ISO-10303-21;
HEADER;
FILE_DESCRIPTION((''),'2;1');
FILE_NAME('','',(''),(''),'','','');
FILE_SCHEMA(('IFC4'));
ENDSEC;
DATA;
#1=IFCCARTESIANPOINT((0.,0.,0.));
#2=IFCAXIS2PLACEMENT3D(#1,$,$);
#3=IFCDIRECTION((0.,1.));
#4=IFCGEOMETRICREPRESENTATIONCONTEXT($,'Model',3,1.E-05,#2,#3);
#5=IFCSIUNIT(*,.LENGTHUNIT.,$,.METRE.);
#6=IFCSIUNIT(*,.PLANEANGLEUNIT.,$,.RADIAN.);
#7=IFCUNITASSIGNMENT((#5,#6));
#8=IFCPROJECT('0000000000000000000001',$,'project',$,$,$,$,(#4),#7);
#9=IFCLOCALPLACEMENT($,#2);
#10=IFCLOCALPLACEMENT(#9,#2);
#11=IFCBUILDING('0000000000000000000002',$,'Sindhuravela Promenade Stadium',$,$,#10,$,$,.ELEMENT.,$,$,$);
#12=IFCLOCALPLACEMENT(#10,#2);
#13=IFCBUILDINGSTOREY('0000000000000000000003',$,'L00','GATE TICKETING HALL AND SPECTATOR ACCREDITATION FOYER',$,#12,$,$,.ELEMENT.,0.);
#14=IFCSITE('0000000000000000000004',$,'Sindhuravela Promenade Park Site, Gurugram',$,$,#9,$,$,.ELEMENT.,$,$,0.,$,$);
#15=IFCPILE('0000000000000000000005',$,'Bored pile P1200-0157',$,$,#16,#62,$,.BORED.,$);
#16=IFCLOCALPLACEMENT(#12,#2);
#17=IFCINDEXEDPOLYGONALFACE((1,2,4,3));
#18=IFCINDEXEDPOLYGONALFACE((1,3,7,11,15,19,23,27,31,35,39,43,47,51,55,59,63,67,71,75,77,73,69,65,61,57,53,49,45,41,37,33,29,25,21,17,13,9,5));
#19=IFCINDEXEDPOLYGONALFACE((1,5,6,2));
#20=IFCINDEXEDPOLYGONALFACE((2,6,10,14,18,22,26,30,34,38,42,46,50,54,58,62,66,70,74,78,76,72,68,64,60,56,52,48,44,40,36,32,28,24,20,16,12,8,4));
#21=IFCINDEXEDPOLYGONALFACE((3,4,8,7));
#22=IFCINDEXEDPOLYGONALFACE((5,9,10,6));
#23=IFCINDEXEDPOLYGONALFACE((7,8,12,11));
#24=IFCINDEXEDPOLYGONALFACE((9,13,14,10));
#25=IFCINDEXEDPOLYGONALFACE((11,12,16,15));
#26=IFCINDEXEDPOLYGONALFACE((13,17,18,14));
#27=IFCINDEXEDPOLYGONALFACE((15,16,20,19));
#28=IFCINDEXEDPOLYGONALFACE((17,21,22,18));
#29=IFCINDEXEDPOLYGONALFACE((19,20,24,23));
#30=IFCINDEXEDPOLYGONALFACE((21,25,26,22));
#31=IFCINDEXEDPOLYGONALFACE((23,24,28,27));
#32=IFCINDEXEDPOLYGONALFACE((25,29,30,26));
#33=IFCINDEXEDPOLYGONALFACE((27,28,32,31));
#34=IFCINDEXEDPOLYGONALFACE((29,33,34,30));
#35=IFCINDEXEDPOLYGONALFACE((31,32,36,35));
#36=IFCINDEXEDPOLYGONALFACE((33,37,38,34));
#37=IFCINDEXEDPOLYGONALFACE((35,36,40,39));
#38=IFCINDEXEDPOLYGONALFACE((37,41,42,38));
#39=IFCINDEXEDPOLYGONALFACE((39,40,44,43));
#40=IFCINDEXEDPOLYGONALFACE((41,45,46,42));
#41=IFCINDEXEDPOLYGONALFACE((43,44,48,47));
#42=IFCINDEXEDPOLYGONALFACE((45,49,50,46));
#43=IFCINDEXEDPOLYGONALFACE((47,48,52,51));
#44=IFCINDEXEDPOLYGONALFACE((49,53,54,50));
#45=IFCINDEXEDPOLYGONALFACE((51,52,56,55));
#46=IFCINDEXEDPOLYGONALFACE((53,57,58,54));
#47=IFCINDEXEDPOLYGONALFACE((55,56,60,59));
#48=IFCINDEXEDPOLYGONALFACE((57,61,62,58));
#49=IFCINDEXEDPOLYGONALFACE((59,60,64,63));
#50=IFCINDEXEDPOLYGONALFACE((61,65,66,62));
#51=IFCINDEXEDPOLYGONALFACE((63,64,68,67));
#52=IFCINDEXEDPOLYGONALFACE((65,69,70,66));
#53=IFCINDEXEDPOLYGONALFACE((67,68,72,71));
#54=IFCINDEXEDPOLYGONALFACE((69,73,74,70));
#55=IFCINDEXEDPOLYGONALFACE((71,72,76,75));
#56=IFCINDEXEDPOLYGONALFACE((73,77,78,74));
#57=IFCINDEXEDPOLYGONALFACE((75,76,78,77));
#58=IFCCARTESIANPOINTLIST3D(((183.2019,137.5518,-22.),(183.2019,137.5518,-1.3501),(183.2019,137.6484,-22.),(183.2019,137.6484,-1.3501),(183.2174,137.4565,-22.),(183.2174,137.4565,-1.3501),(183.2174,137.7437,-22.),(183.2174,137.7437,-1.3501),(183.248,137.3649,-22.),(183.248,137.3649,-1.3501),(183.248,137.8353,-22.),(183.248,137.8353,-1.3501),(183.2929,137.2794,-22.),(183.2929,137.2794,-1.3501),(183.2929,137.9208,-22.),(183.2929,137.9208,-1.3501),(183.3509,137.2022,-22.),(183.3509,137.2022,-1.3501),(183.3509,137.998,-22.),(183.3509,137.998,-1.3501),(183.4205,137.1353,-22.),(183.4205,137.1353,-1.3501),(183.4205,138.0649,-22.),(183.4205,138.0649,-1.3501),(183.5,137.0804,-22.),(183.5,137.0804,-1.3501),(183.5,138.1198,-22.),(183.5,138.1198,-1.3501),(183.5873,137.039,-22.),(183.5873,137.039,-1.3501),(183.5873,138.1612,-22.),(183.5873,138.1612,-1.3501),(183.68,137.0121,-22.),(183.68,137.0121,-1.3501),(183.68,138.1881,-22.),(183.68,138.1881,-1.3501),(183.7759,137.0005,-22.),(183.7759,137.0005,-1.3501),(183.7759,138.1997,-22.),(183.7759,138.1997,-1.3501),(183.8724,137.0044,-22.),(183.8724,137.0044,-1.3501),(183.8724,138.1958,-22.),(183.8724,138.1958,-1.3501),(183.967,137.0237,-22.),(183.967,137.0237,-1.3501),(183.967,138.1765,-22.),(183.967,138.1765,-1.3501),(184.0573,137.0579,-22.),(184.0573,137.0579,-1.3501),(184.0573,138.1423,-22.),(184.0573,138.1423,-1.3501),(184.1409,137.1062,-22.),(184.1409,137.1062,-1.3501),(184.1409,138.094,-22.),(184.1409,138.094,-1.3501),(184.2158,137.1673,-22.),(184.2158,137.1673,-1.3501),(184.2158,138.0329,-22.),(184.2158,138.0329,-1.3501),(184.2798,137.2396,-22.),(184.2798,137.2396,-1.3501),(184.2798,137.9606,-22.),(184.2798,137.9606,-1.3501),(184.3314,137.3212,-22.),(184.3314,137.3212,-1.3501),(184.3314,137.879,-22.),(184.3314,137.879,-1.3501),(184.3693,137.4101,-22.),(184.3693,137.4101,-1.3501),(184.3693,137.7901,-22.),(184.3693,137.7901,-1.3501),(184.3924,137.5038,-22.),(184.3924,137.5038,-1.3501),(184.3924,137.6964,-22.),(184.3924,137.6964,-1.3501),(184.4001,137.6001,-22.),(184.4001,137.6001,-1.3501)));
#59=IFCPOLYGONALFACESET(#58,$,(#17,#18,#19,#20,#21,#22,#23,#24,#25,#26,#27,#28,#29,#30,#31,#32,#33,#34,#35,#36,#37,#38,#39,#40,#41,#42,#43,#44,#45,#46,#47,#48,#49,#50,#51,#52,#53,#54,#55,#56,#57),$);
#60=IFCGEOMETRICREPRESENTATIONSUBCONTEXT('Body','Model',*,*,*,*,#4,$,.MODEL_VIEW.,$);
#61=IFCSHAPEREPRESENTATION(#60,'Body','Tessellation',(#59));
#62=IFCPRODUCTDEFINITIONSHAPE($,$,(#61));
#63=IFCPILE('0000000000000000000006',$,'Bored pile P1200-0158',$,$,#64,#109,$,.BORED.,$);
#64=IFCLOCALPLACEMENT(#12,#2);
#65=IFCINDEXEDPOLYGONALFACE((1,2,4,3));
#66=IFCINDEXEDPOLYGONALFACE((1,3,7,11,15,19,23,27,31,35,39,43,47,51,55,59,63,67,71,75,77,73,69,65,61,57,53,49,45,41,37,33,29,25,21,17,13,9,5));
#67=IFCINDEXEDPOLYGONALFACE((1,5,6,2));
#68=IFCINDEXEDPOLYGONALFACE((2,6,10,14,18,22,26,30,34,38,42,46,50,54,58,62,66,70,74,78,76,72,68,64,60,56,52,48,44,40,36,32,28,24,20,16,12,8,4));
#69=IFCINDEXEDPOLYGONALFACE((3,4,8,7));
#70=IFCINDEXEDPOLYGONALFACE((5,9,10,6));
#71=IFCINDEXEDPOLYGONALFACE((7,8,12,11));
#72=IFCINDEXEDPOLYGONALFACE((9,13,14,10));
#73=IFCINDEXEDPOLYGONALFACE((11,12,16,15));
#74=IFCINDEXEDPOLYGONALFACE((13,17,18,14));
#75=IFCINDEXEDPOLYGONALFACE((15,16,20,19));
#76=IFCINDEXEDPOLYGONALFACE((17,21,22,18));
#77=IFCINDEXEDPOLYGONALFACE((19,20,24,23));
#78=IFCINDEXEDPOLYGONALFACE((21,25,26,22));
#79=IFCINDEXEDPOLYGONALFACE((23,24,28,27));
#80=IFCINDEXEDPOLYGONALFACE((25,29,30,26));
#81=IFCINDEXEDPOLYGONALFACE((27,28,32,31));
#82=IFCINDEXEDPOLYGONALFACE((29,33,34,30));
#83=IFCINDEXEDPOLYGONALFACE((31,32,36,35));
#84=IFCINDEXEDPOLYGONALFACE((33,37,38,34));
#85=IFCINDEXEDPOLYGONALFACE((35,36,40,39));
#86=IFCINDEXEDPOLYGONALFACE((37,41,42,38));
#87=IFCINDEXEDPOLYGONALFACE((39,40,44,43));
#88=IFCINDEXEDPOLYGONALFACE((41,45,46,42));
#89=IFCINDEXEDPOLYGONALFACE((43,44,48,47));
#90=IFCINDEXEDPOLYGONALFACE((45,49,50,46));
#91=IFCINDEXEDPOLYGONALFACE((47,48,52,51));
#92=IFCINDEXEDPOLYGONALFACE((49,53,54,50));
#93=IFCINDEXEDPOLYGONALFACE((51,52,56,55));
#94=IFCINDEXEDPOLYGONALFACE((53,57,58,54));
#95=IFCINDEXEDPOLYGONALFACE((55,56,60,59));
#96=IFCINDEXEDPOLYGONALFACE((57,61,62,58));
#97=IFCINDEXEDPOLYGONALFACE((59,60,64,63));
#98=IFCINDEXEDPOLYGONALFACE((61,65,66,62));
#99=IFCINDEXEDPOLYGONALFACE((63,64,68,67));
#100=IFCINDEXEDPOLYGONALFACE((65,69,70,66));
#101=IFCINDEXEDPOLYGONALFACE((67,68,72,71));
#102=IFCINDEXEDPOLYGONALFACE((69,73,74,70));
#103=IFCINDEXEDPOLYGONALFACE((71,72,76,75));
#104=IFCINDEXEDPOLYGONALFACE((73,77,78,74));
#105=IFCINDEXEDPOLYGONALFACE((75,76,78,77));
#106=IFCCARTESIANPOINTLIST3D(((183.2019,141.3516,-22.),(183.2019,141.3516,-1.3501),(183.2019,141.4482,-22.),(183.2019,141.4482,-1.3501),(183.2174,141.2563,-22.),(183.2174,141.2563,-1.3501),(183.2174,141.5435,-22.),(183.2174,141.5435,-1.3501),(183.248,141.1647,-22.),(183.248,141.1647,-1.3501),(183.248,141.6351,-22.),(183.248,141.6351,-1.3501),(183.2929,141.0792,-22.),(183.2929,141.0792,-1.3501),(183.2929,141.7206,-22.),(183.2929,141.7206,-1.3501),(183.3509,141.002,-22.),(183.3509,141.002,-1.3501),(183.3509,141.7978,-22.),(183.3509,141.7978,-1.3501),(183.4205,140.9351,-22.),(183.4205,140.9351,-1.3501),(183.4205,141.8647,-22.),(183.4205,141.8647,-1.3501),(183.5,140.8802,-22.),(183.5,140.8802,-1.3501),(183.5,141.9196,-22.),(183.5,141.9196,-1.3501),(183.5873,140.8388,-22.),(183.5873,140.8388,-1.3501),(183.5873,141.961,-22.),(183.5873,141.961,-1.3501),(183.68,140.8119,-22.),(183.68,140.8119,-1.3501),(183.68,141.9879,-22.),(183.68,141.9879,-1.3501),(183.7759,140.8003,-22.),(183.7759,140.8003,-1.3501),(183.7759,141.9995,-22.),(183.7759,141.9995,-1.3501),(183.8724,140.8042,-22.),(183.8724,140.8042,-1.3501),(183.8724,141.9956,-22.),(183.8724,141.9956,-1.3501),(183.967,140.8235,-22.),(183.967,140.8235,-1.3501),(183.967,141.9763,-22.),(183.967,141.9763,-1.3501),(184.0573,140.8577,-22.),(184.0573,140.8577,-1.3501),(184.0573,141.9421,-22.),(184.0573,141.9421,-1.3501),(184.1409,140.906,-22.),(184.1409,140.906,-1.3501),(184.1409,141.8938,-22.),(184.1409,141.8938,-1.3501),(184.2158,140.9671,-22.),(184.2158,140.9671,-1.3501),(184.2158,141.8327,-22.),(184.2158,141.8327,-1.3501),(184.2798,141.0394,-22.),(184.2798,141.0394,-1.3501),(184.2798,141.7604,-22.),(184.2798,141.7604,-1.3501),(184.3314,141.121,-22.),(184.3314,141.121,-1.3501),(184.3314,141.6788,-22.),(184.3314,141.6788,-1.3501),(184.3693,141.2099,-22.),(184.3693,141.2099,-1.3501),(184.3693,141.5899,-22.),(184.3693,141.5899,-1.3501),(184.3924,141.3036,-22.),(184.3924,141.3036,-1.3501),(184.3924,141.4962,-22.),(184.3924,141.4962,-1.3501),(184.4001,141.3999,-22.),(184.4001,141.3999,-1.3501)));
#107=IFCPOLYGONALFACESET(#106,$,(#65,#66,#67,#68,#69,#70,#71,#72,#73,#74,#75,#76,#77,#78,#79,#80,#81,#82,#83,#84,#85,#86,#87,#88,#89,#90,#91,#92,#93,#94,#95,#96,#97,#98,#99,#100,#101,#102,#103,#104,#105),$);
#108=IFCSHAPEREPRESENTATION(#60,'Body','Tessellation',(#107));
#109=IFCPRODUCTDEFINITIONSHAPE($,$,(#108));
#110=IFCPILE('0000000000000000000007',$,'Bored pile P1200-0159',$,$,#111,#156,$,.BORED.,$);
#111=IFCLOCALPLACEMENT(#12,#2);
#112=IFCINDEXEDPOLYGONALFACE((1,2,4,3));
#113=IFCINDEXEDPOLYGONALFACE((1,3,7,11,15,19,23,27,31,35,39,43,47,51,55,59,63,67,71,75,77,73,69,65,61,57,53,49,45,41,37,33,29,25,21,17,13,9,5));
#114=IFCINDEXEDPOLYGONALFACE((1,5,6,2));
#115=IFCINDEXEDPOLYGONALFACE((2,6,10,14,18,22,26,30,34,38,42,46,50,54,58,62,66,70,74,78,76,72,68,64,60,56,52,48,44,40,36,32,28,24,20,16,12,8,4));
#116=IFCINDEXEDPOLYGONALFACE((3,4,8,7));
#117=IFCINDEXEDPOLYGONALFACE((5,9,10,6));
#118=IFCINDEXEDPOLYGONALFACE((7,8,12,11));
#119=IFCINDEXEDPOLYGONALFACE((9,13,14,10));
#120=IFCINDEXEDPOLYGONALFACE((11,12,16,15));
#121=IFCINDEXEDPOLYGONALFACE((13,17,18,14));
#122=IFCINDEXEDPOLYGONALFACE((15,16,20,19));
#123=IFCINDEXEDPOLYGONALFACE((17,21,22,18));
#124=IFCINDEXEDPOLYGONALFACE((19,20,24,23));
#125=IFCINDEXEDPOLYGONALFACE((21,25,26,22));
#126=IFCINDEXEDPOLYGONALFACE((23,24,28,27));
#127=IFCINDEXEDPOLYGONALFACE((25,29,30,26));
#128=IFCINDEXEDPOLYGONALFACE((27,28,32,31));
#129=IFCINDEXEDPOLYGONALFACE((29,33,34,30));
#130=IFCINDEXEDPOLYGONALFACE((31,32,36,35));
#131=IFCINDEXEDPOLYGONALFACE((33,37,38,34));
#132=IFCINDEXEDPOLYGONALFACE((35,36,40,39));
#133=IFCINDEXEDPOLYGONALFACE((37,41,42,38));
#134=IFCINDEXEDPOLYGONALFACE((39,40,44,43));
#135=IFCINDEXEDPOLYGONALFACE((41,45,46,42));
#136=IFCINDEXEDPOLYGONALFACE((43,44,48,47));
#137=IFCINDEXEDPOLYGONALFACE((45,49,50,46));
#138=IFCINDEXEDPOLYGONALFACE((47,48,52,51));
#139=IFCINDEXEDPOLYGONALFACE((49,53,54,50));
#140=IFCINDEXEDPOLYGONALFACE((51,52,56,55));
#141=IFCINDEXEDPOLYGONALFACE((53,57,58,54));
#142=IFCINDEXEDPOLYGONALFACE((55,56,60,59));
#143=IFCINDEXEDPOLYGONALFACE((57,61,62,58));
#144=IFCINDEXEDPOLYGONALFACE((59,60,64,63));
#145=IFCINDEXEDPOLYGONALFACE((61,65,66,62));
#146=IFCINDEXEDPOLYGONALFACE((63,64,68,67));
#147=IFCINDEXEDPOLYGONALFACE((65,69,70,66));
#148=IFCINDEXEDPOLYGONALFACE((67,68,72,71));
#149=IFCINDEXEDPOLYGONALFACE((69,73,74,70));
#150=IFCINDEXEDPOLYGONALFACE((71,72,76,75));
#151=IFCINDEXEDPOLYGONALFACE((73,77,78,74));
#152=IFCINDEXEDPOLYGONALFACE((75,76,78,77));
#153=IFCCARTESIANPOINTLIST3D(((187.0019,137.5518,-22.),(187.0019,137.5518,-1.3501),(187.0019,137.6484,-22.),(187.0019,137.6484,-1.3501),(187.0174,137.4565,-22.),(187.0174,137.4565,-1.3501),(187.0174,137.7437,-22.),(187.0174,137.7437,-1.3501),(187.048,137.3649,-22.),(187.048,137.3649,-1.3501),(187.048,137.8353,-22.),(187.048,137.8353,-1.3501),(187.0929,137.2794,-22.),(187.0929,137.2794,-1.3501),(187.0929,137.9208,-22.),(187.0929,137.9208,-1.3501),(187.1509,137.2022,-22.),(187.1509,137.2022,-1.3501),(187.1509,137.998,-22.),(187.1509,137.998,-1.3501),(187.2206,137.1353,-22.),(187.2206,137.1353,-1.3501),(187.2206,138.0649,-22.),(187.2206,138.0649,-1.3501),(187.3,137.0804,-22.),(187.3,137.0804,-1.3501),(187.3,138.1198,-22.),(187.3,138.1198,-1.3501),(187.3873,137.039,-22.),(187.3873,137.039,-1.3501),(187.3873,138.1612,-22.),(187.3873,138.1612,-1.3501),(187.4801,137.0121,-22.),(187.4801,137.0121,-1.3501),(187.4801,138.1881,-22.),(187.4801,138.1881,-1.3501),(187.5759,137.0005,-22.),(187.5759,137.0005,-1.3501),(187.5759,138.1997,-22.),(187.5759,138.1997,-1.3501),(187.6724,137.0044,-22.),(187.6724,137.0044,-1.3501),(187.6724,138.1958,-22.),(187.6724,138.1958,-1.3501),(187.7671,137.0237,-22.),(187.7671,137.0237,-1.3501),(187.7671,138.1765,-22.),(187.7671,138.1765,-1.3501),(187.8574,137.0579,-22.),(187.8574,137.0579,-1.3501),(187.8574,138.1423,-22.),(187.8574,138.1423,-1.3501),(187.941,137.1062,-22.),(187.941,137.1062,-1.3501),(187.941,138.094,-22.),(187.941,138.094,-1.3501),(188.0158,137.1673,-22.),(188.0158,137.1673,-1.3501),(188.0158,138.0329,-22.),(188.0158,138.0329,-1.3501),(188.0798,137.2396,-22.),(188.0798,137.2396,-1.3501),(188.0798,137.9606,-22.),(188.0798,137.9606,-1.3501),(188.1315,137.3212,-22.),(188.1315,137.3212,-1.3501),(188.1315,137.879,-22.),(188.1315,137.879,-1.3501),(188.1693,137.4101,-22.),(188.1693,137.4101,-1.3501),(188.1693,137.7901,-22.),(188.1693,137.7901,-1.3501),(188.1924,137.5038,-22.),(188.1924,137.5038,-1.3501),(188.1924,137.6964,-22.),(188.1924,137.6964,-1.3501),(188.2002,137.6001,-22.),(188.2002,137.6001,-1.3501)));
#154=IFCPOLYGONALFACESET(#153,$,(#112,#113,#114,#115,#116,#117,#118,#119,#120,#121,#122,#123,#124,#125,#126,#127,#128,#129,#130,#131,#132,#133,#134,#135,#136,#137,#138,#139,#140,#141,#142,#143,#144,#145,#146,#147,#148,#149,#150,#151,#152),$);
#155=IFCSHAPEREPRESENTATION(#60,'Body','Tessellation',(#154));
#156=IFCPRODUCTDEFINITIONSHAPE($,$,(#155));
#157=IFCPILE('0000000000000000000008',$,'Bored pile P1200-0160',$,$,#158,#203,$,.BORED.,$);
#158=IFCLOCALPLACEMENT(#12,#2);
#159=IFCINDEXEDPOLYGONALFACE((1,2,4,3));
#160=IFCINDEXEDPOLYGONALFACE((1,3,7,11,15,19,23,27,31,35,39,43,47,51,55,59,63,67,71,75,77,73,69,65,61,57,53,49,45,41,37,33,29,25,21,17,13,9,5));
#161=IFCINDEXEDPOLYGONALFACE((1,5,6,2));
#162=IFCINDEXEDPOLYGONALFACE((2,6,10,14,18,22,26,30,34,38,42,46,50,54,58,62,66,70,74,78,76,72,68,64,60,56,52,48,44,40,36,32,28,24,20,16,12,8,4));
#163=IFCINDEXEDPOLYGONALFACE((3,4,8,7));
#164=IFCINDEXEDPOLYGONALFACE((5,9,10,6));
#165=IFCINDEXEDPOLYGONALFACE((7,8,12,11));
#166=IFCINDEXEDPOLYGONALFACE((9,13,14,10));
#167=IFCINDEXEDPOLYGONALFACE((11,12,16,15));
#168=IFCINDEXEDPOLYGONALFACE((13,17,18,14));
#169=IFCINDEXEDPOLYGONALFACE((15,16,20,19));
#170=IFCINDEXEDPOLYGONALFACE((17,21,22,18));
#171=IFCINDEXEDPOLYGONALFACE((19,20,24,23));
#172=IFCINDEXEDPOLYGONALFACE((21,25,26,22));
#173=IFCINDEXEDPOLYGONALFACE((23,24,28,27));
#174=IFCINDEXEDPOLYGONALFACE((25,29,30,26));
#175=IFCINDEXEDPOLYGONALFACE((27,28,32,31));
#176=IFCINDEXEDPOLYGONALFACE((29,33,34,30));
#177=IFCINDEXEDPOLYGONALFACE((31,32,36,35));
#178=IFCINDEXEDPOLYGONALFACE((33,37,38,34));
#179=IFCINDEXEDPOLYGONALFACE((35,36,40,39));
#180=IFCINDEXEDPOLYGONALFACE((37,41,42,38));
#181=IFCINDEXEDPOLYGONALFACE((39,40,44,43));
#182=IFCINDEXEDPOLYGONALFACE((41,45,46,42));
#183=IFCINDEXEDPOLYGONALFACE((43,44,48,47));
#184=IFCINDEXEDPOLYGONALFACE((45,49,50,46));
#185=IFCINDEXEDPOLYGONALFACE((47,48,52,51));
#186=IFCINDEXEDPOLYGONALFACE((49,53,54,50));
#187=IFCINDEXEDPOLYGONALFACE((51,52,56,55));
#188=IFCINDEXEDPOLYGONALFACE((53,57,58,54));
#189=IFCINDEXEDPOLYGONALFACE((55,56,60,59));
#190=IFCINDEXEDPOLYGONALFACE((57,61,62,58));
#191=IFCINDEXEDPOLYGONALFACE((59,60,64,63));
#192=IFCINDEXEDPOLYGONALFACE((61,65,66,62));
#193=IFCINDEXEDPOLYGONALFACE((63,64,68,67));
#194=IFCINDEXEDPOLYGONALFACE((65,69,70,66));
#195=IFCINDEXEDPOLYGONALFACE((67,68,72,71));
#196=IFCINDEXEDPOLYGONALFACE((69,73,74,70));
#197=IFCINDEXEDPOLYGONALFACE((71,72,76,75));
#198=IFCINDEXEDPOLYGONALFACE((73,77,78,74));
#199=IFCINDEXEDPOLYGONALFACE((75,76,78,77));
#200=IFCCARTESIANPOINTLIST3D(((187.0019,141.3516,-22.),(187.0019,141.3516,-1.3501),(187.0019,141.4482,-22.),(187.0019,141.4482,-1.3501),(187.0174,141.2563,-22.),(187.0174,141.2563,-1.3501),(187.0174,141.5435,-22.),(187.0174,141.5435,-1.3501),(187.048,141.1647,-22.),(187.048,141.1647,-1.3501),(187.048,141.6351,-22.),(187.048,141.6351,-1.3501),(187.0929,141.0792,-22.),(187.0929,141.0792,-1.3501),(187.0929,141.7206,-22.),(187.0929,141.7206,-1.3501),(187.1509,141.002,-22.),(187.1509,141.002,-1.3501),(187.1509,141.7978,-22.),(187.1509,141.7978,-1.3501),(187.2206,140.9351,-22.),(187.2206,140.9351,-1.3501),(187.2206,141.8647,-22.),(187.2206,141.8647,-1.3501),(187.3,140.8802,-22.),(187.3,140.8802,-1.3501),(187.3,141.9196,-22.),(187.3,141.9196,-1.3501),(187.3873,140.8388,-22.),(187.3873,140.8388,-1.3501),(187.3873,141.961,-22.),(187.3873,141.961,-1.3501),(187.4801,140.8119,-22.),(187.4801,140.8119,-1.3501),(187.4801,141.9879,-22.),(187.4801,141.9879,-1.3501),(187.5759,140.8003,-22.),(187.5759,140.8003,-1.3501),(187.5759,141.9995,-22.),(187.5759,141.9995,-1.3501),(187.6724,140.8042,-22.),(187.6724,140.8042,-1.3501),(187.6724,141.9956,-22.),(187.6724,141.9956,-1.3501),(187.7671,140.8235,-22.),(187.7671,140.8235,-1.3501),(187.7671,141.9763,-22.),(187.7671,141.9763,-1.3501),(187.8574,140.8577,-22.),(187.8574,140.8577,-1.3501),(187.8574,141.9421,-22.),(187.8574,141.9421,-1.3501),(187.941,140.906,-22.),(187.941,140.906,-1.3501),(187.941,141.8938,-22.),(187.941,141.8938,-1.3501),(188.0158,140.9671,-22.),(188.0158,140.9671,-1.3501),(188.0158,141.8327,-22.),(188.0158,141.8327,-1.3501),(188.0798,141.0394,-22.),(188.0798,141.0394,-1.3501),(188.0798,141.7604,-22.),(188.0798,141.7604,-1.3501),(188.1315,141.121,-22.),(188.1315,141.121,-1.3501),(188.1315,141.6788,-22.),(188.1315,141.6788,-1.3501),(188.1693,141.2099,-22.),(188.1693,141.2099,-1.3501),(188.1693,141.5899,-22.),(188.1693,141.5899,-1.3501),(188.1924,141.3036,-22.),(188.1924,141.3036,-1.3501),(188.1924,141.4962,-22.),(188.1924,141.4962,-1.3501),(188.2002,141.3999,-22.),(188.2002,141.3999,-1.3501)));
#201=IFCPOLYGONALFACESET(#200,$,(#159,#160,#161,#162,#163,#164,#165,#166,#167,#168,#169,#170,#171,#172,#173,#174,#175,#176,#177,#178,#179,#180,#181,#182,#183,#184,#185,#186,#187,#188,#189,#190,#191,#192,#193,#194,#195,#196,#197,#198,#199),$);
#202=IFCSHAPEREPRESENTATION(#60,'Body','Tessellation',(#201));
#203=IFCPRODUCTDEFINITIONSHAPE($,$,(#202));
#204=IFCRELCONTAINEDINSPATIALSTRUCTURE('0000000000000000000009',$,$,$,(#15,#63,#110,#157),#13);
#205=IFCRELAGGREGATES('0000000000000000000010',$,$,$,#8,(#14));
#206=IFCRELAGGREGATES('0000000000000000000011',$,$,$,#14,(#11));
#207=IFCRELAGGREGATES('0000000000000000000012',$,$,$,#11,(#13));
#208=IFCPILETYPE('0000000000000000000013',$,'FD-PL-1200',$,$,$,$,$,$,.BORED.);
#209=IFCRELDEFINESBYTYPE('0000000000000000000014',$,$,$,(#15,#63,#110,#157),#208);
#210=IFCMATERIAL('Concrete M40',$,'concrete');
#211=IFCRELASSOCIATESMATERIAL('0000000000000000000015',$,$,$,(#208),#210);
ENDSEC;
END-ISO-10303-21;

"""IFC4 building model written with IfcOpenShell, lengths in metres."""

from ifc_helpers import new_model, si_unit, direction, frame, origin, origin_2d, place, context, subcontext, project, spatial, circle, extrude, material, material_profile, profile_set, type_object, element, save


model = new_model("IFC4")

# Units and contexts
model_context = context("Model", 3, precision=1e-05, world=origin(), true_north=direction((0.0, 1.0)))
body_context = subcontext(model_context, "Body", "Model", "MODEL_VIEW")
ifc_project = project(units=[si_unit("LENGTHUNIT", "METRE"), si_unit("PLANEANGLEUNIT", "RADIAN")], contexts=[model_context])

# Site, building, storey
site_placement = place(None, origin())
site = spatial("IfcSite", under=ifc_project, at=site_placement, Name="Sindhuravela Promenade Park Site, Gurugram", CompositionType="ELEMENT", RefElevation=0.0)
building_placement = place(site_placement, origin())
building = spatial("IfcBuilding", under=site, at=building_placement, Name="Sindhuravela Promenade Stadium", CompositionType="ELEMENT")
storey_placement = place(building_placement, origin())
storey = spatial("IfcBuildingStorey", under=building, at=storey_placement, Name="L00", Description="GATE TICKETING HALL AND SPECTATOR ACCREDITATION FOYER", CompositionType="ELEMENT", Elevation=0.0)

# Piles
ifc_material_1 = material(Name="Concrete M40", Category="concrete")
ifc_material_profile_1 = material_profile(ifc_material_1, circle(Radius=0.6001, at=origin_2d()), Name="BORED PILE D1200")
ifc_profile_set_1 = profile_set([ifc_material_profile_1], Name="Concrete M40")
pile_type_1 = type_object("IfcPileType", Name="FD-PL-1200", PredefinedType="BORED", material=ifc_profile_set_1)
for number, where, z_axis, x_axis, name in (
    (1, (183.8, 137.6001, -1.3501), (0.0, 0.0, -1.0), (1.0, 0.0, 0.0), "Bored pile P1200-0157"),
    (2, (183.8, 141.3999, -1.3501), (0.0, 0.0, -1.0), (1.0, 0.0, 0.0), "Bored pile P1200-0158"),
    (3, (187.6001, 137.6001, -1.3501), (0.0, 0.0, -1.0), (1.0, 0.0, 0.0), "Bored pile P1200-0159"),
    (4, (187.6001, 141.3999, -1.3501), (0.0, 0.0, -1.0), (1.0, 0.0, 0.0), "Bored pile P1200-0160"),
):
    element("IfcPile", number, at=place(storey_placement, frame(where, z_axis=z_axis, x_axis=x_axis)), inside=storey, type_object=pile_type_1, Name=name, PredefinedType="BORED", context=body_context, shape_type="SweptSolid", body=[
        extrude(circle(Radius=0.6001, at=origin_2d()), origin(), (0.0, 0.0, 1.0), 20.6499),
    ])

save(model, "model.ifc")
